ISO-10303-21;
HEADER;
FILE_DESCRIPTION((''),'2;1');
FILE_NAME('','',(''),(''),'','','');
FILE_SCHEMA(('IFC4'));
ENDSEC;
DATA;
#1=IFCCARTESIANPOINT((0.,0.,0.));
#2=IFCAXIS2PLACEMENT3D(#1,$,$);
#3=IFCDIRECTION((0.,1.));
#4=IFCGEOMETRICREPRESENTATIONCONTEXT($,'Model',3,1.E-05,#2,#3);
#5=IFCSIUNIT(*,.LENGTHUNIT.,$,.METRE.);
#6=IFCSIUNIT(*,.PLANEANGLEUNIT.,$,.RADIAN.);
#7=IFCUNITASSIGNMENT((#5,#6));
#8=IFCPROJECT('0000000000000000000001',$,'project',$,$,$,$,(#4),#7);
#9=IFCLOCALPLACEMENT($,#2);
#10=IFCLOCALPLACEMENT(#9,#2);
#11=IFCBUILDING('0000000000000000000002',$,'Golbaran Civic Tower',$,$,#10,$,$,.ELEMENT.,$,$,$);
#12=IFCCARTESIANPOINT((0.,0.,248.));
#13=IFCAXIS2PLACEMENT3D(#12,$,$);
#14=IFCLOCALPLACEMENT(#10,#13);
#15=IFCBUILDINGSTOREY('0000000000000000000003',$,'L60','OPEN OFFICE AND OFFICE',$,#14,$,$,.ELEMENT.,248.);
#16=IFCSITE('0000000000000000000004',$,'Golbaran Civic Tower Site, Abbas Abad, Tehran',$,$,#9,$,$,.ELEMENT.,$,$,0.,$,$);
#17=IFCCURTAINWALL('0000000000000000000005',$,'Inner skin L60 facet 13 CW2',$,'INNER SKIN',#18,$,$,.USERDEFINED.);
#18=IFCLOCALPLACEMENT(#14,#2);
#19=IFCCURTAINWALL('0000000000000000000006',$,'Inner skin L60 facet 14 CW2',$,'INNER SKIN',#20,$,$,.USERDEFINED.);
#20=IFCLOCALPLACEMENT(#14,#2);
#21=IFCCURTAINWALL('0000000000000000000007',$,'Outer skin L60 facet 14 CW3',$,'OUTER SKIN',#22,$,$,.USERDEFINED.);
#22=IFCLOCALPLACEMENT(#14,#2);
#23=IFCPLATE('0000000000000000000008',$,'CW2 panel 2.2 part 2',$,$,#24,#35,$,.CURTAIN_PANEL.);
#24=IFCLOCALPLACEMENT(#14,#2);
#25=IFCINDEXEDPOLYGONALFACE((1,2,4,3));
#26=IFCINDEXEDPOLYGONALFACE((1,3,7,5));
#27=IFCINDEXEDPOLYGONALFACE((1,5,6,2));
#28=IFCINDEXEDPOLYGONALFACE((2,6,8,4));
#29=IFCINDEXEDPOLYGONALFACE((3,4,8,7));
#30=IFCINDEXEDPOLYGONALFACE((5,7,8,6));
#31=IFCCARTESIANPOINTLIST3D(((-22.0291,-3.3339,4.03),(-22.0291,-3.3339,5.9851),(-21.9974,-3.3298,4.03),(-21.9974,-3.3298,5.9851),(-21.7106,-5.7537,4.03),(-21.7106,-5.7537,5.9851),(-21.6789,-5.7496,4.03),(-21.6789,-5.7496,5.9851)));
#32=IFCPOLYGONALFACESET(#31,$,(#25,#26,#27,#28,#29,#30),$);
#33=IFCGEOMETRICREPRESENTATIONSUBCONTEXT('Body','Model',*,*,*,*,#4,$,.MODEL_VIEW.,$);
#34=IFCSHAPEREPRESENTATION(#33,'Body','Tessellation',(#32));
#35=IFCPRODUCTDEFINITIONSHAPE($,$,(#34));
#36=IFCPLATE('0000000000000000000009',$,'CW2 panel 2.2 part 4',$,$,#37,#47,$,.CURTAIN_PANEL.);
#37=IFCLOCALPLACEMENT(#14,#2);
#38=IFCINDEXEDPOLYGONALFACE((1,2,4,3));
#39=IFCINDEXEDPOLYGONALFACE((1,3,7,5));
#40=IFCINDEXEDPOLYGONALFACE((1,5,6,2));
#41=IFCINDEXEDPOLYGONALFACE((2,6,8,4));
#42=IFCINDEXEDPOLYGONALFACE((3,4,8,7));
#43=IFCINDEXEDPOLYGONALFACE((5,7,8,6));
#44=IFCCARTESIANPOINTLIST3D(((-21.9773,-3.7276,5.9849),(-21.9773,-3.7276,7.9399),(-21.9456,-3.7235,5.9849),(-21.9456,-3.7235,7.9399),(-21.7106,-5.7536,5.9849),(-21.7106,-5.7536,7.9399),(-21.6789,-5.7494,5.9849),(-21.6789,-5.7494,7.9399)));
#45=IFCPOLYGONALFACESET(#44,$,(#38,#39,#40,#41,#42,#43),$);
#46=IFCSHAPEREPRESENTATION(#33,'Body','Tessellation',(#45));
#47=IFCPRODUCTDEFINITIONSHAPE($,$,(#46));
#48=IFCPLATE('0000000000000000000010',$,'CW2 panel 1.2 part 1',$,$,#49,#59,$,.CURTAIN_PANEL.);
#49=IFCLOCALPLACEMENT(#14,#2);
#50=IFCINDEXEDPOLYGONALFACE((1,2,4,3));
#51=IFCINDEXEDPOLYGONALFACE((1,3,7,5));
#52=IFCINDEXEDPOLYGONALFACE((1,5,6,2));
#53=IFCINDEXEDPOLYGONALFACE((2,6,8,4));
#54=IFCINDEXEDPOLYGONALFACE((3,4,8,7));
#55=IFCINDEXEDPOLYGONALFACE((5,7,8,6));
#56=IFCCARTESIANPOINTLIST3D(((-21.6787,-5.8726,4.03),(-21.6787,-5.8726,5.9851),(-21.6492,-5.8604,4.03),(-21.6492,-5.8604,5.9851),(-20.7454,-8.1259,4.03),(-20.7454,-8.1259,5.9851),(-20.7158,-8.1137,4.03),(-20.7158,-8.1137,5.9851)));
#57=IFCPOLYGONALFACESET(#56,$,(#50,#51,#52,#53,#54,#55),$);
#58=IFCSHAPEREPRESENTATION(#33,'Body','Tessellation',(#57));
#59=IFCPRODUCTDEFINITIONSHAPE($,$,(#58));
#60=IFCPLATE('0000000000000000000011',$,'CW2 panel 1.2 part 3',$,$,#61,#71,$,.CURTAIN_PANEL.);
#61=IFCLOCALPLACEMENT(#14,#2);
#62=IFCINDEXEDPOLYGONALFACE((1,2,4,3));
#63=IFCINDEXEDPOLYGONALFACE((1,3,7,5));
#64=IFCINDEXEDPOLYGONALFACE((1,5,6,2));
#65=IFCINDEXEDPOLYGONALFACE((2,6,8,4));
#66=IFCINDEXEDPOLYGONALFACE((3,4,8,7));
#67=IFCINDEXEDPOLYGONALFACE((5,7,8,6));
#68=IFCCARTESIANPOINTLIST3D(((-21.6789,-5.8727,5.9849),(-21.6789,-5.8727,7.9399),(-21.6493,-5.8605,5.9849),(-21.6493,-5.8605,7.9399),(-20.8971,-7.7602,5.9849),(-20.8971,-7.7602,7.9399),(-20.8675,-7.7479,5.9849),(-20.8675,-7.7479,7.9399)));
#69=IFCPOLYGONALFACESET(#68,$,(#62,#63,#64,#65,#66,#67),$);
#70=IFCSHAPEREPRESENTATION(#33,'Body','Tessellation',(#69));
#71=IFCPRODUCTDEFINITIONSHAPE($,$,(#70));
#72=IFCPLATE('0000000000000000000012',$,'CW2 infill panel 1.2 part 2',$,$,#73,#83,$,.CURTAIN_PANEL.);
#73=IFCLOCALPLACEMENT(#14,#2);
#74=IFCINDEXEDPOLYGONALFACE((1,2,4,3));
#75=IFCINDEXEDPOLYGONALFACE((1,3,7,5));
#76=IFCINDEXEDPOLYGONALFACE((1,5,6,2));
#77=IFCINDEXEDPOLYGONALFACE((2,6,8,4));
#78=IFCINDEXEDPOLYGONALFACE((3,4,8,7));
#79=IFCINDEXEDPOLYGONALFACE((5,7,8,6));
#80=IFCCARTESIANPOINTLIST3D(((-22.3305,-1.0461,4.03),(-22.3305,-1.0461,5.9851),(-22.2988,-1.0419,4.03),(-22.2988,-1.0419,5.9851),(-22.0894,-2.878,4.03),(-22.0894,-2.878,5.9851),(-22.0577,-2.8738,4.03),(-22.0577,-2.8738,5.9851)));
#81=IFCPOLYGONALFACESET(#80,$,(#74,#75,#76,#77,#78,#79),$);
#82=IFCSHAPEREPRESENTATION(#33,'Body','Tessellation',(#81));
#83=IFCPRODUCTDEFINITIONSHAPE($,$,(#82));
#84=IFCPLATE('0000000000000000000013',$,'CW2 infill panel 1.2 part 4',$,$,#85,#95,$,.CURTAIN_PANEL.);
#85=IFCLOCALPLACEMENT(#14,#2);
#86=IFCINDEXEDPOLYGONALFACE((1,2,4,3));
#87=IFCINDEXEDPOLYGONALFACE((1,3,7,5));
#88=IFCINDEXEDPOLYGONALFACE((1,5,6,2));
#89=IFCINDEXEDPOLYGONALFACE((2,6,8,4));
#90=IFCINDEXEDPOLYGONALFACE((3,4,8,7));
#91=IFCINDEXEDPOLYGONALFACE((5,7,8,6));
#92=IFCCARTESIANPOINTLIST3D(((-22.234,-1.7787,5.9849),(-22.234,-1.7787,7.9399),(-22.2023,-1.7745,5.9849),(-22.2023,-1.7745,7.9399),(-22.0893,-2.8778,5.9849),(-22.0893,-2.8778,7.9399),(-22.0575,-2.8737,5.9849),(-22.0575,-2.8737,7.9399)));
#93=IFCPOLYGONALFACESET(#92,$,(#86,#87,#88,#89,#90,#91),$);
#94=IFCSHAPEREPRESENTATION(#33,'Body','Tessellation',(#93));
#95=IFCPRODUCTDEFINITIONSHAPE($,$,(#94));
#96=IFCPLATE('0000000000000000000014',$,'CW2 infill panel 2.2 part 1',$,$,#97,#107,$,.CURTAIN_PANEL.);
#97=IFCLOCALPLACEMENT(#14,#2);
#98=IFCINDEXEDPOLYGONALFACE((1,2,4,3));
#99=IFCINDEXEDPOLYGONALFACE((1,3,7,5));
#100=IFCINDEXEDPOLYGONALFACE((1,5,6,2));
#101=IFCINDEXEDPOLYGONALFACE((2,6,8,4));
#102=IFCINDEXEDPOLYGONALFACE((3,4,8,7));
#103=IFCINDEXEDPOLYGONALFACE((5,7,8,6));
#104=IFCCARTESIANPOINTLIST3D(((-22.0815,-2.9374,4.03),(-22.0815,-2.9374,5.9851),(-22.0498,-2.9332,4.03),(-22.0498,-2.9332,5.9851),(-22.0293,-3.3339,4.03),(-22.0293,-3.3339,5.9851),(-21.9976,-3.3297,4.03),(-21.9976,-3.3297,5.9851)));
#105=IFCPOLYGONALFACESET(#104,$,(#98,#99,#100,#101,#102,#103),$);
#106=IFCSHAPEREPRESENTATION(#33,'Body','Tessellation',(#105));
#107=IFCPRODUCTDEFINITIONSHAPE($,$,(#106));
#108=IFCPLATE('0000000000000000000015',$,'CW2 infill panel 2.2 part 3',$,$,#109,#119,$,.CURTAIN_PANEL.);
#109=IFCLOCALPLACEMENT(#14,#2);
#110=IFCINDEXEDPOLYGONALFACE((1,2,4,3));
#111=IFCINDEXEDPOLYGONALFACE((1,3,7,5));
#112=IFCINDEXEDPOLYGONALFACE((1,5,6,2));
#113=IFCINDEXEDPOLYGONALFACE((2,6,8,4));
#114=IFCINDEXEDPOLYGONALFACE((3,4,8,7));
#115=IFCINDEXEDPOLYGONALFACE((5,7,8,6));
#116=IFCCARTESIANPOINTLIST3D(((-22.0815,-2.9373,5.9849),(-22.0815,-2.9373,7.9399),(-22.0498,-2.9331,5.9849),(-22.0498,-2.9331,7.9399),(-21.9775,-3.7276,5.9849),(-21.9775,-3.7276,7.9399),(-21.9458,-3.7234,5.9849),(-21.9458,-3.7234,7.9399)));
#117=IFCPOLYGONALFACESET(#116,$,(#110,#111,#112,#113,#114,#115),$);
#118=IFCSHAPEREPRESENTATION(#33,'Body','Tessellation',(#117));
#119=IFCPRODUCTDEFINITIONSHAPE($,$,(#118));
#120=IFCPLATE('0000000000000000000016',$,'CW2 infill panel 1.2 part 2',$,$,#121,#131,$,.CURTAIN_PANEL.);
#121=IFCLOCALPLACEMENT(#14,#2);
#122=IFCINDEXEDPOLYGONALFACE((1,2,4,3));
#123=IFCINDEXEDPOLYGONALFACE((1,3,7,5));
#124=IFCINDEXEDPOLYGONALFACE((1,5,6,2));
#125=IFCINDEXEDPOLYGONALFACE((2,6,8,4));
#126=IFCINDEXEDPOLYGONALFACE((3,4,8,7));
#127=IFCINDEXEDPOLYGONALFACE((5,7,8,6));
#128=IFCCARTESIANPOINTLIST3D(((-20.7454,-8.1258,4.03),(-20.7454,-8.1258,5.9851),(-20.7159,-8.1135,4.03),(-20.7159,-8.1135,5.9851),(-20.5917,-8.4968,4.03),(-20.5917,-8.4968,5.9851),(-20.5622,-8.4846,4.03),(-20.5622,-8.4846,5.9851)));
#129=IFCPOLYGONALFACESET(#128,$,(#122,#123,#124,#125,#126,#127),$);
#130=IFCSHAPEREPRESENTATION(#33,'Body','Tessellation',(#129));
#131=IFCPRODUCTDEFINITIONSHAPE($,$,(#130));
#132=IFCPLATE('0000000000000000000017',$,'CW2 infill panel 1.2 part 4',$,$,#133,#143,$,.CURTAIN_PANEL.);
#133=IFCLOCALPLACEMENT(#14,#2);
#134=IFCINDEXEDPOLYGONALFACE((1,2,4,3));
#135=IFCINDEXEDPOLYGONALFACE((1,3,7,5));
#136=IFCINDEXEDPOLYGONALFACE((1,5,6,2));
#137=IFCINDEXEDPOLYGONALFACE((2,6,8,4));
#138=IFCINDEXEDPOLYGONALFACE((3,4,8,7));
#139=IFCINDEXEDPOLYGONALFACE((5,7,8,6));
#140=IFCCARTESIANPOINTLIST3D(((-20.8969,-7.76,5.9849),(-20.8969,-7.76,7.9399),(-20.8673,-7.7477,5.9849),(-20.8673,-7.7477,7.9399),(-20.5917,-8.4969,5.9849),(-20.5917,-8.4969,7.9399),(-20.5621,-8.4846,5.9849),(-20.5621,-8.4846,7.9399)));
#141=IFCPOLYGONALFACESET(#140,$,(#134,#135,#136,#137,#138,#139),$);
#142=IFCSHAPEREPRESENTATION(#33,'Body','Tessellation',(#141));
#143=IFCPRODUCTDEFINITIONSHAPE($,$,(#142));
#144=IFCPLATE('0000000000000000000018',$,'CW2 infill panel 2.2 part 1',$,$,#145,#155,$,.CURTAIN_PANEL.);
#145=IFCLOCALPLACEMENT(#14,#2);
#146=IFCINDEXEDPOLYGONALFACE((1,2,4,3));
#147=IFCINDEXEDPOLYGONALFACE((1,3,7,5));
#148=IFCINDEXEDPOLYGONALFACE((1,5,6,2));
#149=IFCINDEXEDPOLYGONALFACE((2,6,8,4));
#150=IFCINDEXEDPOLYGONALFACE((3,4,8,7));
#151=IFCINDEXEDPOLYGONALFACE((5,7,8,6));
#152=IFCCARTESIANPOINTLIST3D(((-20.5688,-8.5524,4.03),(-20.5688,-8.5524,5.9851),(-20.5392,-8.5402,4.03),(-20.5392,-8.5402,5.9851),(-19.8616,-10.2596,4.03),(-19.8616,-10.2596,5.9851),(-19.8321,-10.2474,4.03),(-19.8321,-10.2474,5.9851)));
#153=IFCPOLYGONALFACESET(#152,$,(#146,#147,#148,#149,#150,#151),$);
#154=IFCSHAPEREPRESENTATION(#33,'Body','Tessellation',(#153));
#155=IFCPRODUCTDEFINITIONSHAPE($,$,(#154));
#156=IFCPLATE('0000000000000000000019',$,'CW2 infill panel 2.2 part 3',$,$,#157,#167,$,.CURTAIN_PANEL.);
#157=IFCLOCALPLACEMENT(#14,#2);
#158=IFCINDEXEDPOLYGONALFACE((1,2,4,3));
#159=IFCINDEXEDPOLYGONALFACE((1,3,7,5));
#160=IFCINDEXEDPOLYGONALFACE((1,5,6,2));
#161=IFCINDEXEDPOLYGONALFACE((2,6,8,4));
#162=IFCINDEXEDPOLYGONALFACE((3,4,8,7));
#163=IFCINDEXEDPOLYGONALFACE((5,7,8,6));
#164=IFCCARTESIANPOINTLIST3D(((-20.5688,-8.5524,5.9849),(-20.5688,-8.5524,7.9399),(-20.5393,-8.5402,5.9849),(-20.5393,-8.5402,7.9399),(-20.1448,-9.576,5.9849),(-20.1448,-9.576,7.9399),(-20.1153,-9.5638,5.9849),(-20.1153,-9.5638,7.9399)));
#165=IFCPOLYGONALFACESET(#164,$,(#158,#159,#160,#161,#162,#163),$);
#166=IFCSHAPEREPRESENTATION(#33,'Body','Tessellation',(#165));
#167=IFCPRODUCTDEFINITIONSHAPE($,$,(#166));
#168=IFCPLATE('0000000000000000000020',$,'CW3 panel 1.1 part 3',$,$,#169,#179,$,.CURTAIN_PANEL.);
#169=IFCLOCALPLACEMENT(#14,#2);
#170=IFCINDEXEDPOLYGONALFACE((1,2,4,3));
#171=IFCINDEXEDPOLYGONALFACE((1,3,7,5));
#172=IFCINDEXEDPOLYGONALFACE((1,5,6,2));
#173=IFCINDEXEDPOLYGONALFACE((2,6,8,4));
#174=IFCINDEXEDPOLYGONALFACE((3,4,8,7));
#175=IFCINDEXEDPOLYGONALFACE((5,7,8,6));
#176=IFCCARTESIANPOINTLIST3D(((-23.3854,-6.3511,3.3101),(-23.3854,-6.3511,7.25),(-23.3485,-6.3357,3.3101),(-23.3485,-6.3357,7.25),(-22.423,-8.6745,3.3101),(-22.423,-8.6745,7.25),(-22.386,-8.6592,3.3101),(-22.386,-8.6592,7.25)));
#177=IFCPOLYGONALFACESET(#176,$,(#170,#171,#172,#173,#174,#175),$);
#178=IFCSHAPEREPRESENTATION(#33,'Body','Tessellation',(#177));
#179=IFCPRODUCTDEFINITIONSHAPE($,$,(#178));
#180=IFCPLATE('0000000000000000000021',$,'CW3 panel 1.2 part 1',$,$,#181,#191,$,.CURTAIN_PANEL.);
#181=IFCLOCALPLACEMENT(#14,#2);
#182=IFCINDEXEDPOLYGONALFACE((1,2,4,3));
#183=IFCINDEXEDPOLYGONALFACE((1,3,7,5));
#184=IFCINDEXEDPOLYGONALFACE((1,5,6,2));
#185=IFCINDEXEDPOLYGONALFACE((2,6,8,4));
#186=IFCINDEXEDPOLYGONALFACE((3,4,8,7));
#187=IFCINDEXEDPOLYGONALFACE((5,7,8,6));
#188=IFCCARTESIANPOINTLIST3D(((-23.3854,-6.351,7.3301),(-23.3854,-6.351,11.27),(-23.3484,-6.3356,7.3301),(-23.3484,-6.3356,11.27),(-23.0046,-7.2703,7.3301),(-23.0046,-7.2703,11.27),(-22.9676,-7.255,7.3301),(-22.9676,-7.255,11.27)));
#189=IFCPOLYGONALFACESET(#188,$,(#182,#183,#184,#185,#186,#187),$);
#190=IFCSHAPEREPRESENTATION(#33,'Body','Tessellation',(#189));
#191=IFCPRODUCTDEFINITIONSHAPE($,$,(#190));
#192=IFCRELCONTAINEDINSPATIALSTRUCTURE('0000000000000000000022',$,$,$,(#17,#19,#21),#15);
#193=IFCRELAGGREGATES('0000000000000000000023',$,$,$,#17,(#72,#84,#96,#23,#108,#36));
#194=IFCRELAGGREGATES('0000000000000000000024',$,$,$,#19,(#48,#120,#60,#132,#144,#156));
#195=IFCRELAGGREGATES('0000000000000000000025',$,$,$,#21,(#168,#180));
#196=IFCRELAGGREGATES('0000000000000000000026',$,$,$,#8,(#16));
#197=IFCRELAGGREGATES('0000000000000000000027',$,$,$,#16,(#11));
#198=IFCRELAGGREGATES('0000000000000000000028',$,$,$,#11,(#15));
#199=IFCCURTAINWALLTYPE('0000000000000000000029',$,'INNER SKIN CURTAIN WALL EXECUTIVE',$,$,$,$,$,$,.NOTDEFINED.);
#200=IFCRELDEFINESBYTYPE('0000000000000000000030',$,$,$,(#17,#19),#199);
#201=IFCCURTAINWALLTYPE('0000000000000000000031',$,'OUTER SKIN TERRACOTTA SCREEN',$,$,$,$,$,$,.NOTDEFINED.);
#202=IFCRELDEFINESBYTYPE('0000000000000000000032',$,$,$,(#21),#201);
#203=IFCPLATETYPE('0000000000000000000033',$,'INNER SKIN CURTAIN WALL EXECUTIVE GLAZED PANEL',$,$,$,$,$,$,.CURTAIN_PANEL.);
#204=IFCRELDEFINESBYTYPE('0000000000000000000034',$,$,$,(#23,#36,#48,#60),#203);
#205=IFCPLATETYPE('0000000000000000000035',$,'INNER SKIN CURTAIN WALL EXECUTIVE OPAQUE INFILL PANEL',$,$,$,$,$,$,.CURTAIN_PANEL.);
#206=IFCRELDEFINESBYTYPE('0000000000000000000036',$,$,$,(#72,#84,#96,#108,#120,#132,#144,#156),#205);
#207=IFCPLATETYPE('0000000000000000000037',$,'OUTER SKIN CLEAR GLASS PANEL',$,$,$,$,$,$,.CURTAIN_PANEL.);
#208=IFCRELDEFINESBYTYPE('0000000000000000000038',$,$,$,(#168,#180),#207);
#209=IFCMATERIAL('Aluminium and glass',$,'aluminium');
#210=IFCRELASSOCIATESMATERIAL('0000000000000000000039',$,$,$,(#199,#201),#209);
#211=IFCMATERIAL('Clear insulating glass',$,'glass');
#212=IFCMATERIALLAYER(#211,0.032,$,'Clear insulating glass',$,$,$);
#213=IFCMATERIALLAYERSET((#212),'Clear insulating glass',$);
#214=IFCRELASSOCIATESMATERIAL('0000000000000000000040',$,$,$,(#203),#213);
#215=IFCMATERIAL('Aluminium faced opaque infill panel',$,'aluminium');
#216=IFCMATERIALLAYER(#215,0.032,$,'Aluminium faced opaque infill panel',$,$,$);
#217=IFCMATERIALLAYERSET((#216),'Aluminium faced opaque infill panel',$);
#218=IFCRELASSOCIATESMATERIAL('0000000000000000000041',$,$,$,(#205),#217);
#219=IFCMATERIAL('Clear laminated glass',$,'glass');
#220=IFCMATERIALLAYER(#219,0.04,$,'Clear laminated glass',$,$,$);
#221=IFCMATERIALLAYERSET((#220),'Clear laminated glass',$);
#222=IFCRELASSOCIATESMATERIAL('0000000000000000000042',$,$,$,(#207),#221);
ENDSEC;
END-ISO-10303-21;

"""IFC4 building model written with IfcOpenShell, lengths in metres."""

from ifc_helpers import new_model, si_unit, direction, frame, origin, origin_2d, place, context, subcontext, project, spatial, rectangle, extrude, material, layer, layer_set, type_object, element, aggregate, save


model = new_model("IFC4")

# Units and contexts
model_context = context("Model", 3, precision=1e-05, world=origin(), true_north=direction((0.0, 1.0)))
body_context = subcontext(model_context, "Body", "Model", "MODEL_VIEW")
ifc_project = project(units=[si_unit("LENGTHUNIT", "METRE"), si_unit("PLANEANGLEUNIT", "RADIAN")], contexts=[model_context])

# Site, building, storey
site_placement = place(None, origin())
site = spatial("IfcSite", under=ifc_project, at=site_placement, Name="Golbaran Civic Tower Site, Abbas Abad, Tehran", CompositionType="ELEMENT", RefElevation=0.0)
building_placement = place(site_placement, origin())
building = spatial("IfcBuilding", under=site, at=building_placement, Name="Golbaran Civic Tower", CompositionType="ELEMENT")
storey_placement = place(building_placement, frame((0.0, 0.0, 248.0)))
storey = spatial("IfcBuildingStorey", under=building, at=storey_placement, Name="L60", Description="OPEN OFFICE AND OFFICE", CompositionType="ELEMENT", Elevation=248.0)

# Curtain walls
ifc_material_1 = material(Name="Aluminium and glass", Category="aluminium")
curtain_wall_type_1 = type_object("IfcCurtainWallType", Name="INNER SKIN CURTAIN WALL EXECUTIVE", PredefinedType="NOTDEFINED", material=ifc_material_1)
curtain_wall_1_placement = place(storey_placement, origin())
curtain_wall_1 = element("IfcCurtainWall", 1, at=curtain_wall_1_placement, inside=storey, type_object=curtain_wall_type_1, Name="Inner skin L60 facet 13 CW2", ObjectType="INNER SKIN", PredefinedType="USERDEFINED")
curtain_wall_2_placement = place(storey_placement, origin())
curtain_wall_2 = element("IfcCurtainWall", 2, at=curtain_wall_2_placement, inside=storey, type_object=curtain_wall_type_1, Name="Inner skin L60 facet 14 CW2", ObjectType="INNER SKIN", PredefinedType="USERDEFINED")
curtain_wall_type_2 = type_object("IfcCurtainWallType", Name="OUTER SKIN TERRACOTTA SCREEN", PredefinedType="NOTDEFINED", material=ifc_material_1)
curtain_wall_3_placement = place(storey_placement, origin())
curtain_wall_3 = element("IfcCurtainWall", 3, at=curtain_wall_3_placement, inside=storey, type_object=curtain_wall_type_2, Name="Outer skin L60 facet 14 CW3", ObjectType="OUTER SKIN", PredefinedType="USERDEFINED")

# Plates
ifc_material_2 = material(Name="Clear insulating glass", Category="glass")
ifc_layer_1 = layer(ifc_material_2, 0.032, Name="Clear insulating glass")
ifc_layer_set_1 = layer_set([ifc_layer_1], Name="Clear insulating glass")
plate_type_1 = type_object("IfcPlateType", Name="INNER SKIN CURTAIN WALL EXECUTIVE GLAZED PANEL", PredefinedType="CURTAIN_PANEL", material=ifc_layer_set_1)
plate_1_placement = place(storey_placement, frame((-21.854, -4.5417, 4.03), z_axis=(0.0, 0.0, 1.0), x_axis=(0.130526, -0.991445, 0.0)))
plate_1 = element("IfcPlate", 4, at=plate_1_placement, type_object=plate_type_1, Name="CW2 panel 2.2 part 2", PredefinedType="CURTAIN_PANEL", context=body_context, shape_type="SweptSolid", body=[
    extrude(rectangle(XDim=2.4407, YDim=0.032, at=origin_2d()), origin(), (0.0, 0.0, 1.0), 1.9551),
])
plate_2_placement = place(storey_placement, frame((-21.8281, -4.7385, 5.9849), z_axis=(0.0, 0.0, 1.0), x_axis=(0.130526, -0.991445, 0.0)))
plate_2 = element("IfcPlate", 5, at=plate_2_placement, type_object=plate_type_1, Name="CW2 panel 2.2 part 4", PredefinedType="CURTAIN_PANEL", context=body_context, shape_type="SweptSolid", body=[
    extrude(rectangle(XDim=2.0435, YDim=0.032, at=origin_2d()), origin(), (0.0, 0.0, 1.0), 1.9551),
])
plate_3_placement = place(storey_placement, frame((-21.1973, -6.9932, 4.03), z_axis=(0.0, 0.0, 1.0), x_axis=(0.382683, -0.92388, 0.0)))
plate_3 = element("IfcPlate", 6, at=plate_3_placement, type_object=plate_type_1, Name="CW2 panel 1.2 part 1", PredefinedType="CURTAIN_PANEL", context=body_context, shape_type="SweptSolid", body=[
    extrude(rectangle(XDim=2.439, YDim=0.032, at=origin_2d()), origin(), (0.0, 0.0, 1.0), 1.9551),
])
plate_4_placement = place(storey_placement, frame((-21.2732, -6.8103, 5.9849), z_axis=(0.0, 0.0, 1.0), x_axis=(0.382683, -0.92388, 0.0)))
plate_4 = element("IfcPlate", 7, at=plate_4_placement, type_object=plate_type_1, Name="CW2 panel 1.2 part 3", PredefinedType="CURTAIN_PANEL", context=body_context, shape_type="SweptSolid", body=[
    extrude(rectangle(XDim=2.043, YDim=0.032, at=origin_2d()), origin(), (0.0, 0.0, 1.0), 1.9551),
])
ifc_material_3 = material(Name="Aluminium faced opaque infill panel", Category="aluminium")
ifc_layer_2 = layer(ifc_material_3, 0.032, Name="Aluminium faced opaque infill panel")
ifc_layer_set_2 = layer_set([ifc_layer_2], Name="Aluminium faced opaque infill panel")
plate_type_2 = type_object("IfcPlateType", Name="INNER SKIN CURTAIN WALL EXECUTIVE OPAQUE INFILL PANEL", PredefinedType="CURTAIN_PANEL", material=ifc_layer_set_2)
plate_5_placement = place(storey_placement, frame((-22.1941, -1.96, 4.03), z_axis=(0.0, 0.0, 1.0), x_axis=(0.130526, -0.991445, 0.0)))
plate_5 = element("IfcPlate", 8, at=plate_5_placement, type_object=plate_type_2, Name="CW2 infill panel 1.2 part 2", PredefinedType="CURTAIN_PANEL", context=body_context, shape_type="SweptSolid", body=[
    extrude(rectangle(XDim=1.8477, YDim=0.032, at=origin_2d()), origin(), (0.0, 0.0, 1.0), 1.9551),
])
plate_6_placement = place(storey_placement, frame((-22.1458, -2.3262, 5.9849), z_axis=(0.0, 0.0, 1.0), x_axis=(0.130526, -0.991445, 0.0)))
plate_6 = element("IfcPlate", 9, at=plate_6_placement, type_object=plate_type_2, Name="CW2 infill panel 1.2 part 4", PredefinedType="CURTAIN_PANEL", context=body_context, shape_type="SweptSolid", body=[
    extrude(rectangle(XDim=1.1086, YDim=0.032, at=origin_2d()), origin(), (0.0, 0.0, 1.0), 1.9551),
])
plate_7_placement = place(storey_placement, frame((-22.0396, -3.1335, 4.03), z_axis=(0.0, 0.0, 1.0), x_axis=(0.130526, -0.991445, 0.0)))
plate_7 = element("IfcPlate", 10, at=plate_7_placement, type_object=plate_type_2, Name="CW2 infill panel 2.2 part 1", PredefinedType="CURTAIN_PANEL", context=body_context, shape_type="SweptSolid", body=[
    extrude(rectangle(XDim=0.3999, YDim=0.032, at=origin_2d()), origin(), (0.0, 0.0, 1.0), 1.9551),
])
plate_8_placement = place(storey_placement, frame((-22.0137, -3.3303, 5.9849), z_axis=(0.0, 0.0, 1.0), x_axis=(0.130526, -0.991445, 0.0)))
plate_8 = element("IfcPlate", 11, at=plate_8_placement, type_object=plate_type_2, Name="CW2 infill panel 2.2 part 3", PredefinedType="CURTAIN_PANEL", context=body_context, shape_type="SweptSolid", body=[
    extrude(rectangle(XDim=0.7971, YDim=0.032, at=origin_2d()), origin(), (0.0, 0.0, 1.0), 1.9551),
])
aggregate(curtain_wall_1, [plate_5, plate_6, plate_7, plate_1, plate_8, plate_2])
plate_9_placement = place(storey_placement, frame((-20.6538, -8.3052, 4.03), z_axis=(0.0, 0.0, 1.0), x_axis=(0.382683, -0.92388, 0.0)))
plate_9 = element("IfcPlate", 12, at=plate_9_placement, type_object=plate_type_2, Name="CW2 infill panel 1.2 part 2", PredefinedType="CURTAIN_PANEL", context=body_context, shape_type="SweptSolid", body=[
    extrude(rectangle(XDim=0.4016, YDim=0.032, at=origin_2d()), origin(), (0.0, 0.0, 1.0), 1.9551),
])
plate_10_placement = place(storey_placement, frame((-20.7295, -8.1223, 5.9849), z_axis=(0.0, 0.0, 1.0), x_axis=(0.382683, -0.92388, 0.0)))
plate_10 = element("IfcPlate", 13, at=plate_10_placement, type_object=plate_type_2, Name="CW2 infill panel 1.2 part 4", PredefinedType="CURTAIN_PANEL", context=body_context, shape_type="SweptSolid", body=[
    extrude(rectangle(XDim=0.7976, YDim=0.032, at=origin_2d()), origin(), (0.0, 0.0, 1.0), 1.9551),
])
plate_11_placement = place(storey_placement, frame((-20.2004, -9.3999, 4.03), z_axis=(0.0, 0.0, 1.0), x_axis=(0.382683, -0.92388, 0.0)))
plate_11 = element("IfcPlate", 14, at=plate_11_placement, type_object=plate_type_2, Name="CW2 infill panel 2.2 part 1", PredefinedType="CURTAIN_PANEL", context=body_context, shape_type="SweptSolid", body=[
    extrude(rectangle(XDim=1.8479, YDim=0.032, at=origin_2d()), origin(), (0.0, 0.0, 1.0), 1.9551),
])
plate_12_placement = place(storey_placement, frame((-20.342, -9.0581, 5.9849), z_axis=(0.0, 0.0, 1.0), x_axis=(0.382683, -0.92388, 0.0)))
plate_12 = element("IfcPlate", 15, at=plate_12_placement, type_object=plate_type_2, Name="CW2 infill panel 2.2 part 3", PredefinedType="CURTAIN_PANEL", context=body_context, shape_type="SweptSolid", body=[
    extrude(rectangle(XDim=1.1079, YDim=0.032, at=origin_2d()), origin(), (0.0, 0.0, 1.0), 1.9551),
])
aggregate(curtain_wall_2, [plate_3, plate_9, plate_4, plate_10, plate_11, plate_12])
ifc_material_4 = material(Name="Clear laminated glass", Category="glass")
ifc_layer_3 = layer(ifc_material_4, 0.04, Name="Clear laminated glass")
ifc_layer_set_3 = layer_set([ifc_layer_3], Name="Clear laminated glass")
plate_type_3 = type_object("IfcPlateType", Name="OUTER SKIN CLEAR GLASS PANEL", PredefinedType="CURTAIN_PANEL", material=ifc_layer_set_3)
plate_13_placement = place(storey_placement, frame((-22.8857, -7.5051, 3.3101), z_axis=(0.0, 0.0, 1.0), x_axis=(0.382683, -0.92388, 0.0)))
plate_13 = element("IfcPlate", 16, at=plate_13_placement, type_object=plate_type_3, Name="CW3 panel 1.1 part 3", PredefinedType="CURTAIN_PANEL", context=body_context, shape_type="SweptSolid", body=[
    extrude(rectangle(XDim=2.5149, YDim=0.04, at=origin_2d()), origin(), (0.0, 0.0, 1.0), 3.9399),
])
plate_14_placement = place(storey_placement, frame((-23.1765, -6.803, 7.3301), z_axis=(0.0, 0.0, 1.0), x_axis=(0.382683, -0.92388, 0.0)))
plate_14 = element("IfcPlate", 17, at=plate_14_placement, type_object=plate_type_3, Name="CW3 panel 1.2 part 1", PredefinedType="CURTAIN_PANEL", context=body_context, shape_type="SweptSolid", body=[
    extrude(rectangle(XDim=0.9951, YDim=0.04, at=origin_2d()), origin(), (0.0, 0.0, 1.0), 3.9399),
])
aggregate(curtain_wall_3, [plate_13, plate_14])

save(model, "model.ifc")
